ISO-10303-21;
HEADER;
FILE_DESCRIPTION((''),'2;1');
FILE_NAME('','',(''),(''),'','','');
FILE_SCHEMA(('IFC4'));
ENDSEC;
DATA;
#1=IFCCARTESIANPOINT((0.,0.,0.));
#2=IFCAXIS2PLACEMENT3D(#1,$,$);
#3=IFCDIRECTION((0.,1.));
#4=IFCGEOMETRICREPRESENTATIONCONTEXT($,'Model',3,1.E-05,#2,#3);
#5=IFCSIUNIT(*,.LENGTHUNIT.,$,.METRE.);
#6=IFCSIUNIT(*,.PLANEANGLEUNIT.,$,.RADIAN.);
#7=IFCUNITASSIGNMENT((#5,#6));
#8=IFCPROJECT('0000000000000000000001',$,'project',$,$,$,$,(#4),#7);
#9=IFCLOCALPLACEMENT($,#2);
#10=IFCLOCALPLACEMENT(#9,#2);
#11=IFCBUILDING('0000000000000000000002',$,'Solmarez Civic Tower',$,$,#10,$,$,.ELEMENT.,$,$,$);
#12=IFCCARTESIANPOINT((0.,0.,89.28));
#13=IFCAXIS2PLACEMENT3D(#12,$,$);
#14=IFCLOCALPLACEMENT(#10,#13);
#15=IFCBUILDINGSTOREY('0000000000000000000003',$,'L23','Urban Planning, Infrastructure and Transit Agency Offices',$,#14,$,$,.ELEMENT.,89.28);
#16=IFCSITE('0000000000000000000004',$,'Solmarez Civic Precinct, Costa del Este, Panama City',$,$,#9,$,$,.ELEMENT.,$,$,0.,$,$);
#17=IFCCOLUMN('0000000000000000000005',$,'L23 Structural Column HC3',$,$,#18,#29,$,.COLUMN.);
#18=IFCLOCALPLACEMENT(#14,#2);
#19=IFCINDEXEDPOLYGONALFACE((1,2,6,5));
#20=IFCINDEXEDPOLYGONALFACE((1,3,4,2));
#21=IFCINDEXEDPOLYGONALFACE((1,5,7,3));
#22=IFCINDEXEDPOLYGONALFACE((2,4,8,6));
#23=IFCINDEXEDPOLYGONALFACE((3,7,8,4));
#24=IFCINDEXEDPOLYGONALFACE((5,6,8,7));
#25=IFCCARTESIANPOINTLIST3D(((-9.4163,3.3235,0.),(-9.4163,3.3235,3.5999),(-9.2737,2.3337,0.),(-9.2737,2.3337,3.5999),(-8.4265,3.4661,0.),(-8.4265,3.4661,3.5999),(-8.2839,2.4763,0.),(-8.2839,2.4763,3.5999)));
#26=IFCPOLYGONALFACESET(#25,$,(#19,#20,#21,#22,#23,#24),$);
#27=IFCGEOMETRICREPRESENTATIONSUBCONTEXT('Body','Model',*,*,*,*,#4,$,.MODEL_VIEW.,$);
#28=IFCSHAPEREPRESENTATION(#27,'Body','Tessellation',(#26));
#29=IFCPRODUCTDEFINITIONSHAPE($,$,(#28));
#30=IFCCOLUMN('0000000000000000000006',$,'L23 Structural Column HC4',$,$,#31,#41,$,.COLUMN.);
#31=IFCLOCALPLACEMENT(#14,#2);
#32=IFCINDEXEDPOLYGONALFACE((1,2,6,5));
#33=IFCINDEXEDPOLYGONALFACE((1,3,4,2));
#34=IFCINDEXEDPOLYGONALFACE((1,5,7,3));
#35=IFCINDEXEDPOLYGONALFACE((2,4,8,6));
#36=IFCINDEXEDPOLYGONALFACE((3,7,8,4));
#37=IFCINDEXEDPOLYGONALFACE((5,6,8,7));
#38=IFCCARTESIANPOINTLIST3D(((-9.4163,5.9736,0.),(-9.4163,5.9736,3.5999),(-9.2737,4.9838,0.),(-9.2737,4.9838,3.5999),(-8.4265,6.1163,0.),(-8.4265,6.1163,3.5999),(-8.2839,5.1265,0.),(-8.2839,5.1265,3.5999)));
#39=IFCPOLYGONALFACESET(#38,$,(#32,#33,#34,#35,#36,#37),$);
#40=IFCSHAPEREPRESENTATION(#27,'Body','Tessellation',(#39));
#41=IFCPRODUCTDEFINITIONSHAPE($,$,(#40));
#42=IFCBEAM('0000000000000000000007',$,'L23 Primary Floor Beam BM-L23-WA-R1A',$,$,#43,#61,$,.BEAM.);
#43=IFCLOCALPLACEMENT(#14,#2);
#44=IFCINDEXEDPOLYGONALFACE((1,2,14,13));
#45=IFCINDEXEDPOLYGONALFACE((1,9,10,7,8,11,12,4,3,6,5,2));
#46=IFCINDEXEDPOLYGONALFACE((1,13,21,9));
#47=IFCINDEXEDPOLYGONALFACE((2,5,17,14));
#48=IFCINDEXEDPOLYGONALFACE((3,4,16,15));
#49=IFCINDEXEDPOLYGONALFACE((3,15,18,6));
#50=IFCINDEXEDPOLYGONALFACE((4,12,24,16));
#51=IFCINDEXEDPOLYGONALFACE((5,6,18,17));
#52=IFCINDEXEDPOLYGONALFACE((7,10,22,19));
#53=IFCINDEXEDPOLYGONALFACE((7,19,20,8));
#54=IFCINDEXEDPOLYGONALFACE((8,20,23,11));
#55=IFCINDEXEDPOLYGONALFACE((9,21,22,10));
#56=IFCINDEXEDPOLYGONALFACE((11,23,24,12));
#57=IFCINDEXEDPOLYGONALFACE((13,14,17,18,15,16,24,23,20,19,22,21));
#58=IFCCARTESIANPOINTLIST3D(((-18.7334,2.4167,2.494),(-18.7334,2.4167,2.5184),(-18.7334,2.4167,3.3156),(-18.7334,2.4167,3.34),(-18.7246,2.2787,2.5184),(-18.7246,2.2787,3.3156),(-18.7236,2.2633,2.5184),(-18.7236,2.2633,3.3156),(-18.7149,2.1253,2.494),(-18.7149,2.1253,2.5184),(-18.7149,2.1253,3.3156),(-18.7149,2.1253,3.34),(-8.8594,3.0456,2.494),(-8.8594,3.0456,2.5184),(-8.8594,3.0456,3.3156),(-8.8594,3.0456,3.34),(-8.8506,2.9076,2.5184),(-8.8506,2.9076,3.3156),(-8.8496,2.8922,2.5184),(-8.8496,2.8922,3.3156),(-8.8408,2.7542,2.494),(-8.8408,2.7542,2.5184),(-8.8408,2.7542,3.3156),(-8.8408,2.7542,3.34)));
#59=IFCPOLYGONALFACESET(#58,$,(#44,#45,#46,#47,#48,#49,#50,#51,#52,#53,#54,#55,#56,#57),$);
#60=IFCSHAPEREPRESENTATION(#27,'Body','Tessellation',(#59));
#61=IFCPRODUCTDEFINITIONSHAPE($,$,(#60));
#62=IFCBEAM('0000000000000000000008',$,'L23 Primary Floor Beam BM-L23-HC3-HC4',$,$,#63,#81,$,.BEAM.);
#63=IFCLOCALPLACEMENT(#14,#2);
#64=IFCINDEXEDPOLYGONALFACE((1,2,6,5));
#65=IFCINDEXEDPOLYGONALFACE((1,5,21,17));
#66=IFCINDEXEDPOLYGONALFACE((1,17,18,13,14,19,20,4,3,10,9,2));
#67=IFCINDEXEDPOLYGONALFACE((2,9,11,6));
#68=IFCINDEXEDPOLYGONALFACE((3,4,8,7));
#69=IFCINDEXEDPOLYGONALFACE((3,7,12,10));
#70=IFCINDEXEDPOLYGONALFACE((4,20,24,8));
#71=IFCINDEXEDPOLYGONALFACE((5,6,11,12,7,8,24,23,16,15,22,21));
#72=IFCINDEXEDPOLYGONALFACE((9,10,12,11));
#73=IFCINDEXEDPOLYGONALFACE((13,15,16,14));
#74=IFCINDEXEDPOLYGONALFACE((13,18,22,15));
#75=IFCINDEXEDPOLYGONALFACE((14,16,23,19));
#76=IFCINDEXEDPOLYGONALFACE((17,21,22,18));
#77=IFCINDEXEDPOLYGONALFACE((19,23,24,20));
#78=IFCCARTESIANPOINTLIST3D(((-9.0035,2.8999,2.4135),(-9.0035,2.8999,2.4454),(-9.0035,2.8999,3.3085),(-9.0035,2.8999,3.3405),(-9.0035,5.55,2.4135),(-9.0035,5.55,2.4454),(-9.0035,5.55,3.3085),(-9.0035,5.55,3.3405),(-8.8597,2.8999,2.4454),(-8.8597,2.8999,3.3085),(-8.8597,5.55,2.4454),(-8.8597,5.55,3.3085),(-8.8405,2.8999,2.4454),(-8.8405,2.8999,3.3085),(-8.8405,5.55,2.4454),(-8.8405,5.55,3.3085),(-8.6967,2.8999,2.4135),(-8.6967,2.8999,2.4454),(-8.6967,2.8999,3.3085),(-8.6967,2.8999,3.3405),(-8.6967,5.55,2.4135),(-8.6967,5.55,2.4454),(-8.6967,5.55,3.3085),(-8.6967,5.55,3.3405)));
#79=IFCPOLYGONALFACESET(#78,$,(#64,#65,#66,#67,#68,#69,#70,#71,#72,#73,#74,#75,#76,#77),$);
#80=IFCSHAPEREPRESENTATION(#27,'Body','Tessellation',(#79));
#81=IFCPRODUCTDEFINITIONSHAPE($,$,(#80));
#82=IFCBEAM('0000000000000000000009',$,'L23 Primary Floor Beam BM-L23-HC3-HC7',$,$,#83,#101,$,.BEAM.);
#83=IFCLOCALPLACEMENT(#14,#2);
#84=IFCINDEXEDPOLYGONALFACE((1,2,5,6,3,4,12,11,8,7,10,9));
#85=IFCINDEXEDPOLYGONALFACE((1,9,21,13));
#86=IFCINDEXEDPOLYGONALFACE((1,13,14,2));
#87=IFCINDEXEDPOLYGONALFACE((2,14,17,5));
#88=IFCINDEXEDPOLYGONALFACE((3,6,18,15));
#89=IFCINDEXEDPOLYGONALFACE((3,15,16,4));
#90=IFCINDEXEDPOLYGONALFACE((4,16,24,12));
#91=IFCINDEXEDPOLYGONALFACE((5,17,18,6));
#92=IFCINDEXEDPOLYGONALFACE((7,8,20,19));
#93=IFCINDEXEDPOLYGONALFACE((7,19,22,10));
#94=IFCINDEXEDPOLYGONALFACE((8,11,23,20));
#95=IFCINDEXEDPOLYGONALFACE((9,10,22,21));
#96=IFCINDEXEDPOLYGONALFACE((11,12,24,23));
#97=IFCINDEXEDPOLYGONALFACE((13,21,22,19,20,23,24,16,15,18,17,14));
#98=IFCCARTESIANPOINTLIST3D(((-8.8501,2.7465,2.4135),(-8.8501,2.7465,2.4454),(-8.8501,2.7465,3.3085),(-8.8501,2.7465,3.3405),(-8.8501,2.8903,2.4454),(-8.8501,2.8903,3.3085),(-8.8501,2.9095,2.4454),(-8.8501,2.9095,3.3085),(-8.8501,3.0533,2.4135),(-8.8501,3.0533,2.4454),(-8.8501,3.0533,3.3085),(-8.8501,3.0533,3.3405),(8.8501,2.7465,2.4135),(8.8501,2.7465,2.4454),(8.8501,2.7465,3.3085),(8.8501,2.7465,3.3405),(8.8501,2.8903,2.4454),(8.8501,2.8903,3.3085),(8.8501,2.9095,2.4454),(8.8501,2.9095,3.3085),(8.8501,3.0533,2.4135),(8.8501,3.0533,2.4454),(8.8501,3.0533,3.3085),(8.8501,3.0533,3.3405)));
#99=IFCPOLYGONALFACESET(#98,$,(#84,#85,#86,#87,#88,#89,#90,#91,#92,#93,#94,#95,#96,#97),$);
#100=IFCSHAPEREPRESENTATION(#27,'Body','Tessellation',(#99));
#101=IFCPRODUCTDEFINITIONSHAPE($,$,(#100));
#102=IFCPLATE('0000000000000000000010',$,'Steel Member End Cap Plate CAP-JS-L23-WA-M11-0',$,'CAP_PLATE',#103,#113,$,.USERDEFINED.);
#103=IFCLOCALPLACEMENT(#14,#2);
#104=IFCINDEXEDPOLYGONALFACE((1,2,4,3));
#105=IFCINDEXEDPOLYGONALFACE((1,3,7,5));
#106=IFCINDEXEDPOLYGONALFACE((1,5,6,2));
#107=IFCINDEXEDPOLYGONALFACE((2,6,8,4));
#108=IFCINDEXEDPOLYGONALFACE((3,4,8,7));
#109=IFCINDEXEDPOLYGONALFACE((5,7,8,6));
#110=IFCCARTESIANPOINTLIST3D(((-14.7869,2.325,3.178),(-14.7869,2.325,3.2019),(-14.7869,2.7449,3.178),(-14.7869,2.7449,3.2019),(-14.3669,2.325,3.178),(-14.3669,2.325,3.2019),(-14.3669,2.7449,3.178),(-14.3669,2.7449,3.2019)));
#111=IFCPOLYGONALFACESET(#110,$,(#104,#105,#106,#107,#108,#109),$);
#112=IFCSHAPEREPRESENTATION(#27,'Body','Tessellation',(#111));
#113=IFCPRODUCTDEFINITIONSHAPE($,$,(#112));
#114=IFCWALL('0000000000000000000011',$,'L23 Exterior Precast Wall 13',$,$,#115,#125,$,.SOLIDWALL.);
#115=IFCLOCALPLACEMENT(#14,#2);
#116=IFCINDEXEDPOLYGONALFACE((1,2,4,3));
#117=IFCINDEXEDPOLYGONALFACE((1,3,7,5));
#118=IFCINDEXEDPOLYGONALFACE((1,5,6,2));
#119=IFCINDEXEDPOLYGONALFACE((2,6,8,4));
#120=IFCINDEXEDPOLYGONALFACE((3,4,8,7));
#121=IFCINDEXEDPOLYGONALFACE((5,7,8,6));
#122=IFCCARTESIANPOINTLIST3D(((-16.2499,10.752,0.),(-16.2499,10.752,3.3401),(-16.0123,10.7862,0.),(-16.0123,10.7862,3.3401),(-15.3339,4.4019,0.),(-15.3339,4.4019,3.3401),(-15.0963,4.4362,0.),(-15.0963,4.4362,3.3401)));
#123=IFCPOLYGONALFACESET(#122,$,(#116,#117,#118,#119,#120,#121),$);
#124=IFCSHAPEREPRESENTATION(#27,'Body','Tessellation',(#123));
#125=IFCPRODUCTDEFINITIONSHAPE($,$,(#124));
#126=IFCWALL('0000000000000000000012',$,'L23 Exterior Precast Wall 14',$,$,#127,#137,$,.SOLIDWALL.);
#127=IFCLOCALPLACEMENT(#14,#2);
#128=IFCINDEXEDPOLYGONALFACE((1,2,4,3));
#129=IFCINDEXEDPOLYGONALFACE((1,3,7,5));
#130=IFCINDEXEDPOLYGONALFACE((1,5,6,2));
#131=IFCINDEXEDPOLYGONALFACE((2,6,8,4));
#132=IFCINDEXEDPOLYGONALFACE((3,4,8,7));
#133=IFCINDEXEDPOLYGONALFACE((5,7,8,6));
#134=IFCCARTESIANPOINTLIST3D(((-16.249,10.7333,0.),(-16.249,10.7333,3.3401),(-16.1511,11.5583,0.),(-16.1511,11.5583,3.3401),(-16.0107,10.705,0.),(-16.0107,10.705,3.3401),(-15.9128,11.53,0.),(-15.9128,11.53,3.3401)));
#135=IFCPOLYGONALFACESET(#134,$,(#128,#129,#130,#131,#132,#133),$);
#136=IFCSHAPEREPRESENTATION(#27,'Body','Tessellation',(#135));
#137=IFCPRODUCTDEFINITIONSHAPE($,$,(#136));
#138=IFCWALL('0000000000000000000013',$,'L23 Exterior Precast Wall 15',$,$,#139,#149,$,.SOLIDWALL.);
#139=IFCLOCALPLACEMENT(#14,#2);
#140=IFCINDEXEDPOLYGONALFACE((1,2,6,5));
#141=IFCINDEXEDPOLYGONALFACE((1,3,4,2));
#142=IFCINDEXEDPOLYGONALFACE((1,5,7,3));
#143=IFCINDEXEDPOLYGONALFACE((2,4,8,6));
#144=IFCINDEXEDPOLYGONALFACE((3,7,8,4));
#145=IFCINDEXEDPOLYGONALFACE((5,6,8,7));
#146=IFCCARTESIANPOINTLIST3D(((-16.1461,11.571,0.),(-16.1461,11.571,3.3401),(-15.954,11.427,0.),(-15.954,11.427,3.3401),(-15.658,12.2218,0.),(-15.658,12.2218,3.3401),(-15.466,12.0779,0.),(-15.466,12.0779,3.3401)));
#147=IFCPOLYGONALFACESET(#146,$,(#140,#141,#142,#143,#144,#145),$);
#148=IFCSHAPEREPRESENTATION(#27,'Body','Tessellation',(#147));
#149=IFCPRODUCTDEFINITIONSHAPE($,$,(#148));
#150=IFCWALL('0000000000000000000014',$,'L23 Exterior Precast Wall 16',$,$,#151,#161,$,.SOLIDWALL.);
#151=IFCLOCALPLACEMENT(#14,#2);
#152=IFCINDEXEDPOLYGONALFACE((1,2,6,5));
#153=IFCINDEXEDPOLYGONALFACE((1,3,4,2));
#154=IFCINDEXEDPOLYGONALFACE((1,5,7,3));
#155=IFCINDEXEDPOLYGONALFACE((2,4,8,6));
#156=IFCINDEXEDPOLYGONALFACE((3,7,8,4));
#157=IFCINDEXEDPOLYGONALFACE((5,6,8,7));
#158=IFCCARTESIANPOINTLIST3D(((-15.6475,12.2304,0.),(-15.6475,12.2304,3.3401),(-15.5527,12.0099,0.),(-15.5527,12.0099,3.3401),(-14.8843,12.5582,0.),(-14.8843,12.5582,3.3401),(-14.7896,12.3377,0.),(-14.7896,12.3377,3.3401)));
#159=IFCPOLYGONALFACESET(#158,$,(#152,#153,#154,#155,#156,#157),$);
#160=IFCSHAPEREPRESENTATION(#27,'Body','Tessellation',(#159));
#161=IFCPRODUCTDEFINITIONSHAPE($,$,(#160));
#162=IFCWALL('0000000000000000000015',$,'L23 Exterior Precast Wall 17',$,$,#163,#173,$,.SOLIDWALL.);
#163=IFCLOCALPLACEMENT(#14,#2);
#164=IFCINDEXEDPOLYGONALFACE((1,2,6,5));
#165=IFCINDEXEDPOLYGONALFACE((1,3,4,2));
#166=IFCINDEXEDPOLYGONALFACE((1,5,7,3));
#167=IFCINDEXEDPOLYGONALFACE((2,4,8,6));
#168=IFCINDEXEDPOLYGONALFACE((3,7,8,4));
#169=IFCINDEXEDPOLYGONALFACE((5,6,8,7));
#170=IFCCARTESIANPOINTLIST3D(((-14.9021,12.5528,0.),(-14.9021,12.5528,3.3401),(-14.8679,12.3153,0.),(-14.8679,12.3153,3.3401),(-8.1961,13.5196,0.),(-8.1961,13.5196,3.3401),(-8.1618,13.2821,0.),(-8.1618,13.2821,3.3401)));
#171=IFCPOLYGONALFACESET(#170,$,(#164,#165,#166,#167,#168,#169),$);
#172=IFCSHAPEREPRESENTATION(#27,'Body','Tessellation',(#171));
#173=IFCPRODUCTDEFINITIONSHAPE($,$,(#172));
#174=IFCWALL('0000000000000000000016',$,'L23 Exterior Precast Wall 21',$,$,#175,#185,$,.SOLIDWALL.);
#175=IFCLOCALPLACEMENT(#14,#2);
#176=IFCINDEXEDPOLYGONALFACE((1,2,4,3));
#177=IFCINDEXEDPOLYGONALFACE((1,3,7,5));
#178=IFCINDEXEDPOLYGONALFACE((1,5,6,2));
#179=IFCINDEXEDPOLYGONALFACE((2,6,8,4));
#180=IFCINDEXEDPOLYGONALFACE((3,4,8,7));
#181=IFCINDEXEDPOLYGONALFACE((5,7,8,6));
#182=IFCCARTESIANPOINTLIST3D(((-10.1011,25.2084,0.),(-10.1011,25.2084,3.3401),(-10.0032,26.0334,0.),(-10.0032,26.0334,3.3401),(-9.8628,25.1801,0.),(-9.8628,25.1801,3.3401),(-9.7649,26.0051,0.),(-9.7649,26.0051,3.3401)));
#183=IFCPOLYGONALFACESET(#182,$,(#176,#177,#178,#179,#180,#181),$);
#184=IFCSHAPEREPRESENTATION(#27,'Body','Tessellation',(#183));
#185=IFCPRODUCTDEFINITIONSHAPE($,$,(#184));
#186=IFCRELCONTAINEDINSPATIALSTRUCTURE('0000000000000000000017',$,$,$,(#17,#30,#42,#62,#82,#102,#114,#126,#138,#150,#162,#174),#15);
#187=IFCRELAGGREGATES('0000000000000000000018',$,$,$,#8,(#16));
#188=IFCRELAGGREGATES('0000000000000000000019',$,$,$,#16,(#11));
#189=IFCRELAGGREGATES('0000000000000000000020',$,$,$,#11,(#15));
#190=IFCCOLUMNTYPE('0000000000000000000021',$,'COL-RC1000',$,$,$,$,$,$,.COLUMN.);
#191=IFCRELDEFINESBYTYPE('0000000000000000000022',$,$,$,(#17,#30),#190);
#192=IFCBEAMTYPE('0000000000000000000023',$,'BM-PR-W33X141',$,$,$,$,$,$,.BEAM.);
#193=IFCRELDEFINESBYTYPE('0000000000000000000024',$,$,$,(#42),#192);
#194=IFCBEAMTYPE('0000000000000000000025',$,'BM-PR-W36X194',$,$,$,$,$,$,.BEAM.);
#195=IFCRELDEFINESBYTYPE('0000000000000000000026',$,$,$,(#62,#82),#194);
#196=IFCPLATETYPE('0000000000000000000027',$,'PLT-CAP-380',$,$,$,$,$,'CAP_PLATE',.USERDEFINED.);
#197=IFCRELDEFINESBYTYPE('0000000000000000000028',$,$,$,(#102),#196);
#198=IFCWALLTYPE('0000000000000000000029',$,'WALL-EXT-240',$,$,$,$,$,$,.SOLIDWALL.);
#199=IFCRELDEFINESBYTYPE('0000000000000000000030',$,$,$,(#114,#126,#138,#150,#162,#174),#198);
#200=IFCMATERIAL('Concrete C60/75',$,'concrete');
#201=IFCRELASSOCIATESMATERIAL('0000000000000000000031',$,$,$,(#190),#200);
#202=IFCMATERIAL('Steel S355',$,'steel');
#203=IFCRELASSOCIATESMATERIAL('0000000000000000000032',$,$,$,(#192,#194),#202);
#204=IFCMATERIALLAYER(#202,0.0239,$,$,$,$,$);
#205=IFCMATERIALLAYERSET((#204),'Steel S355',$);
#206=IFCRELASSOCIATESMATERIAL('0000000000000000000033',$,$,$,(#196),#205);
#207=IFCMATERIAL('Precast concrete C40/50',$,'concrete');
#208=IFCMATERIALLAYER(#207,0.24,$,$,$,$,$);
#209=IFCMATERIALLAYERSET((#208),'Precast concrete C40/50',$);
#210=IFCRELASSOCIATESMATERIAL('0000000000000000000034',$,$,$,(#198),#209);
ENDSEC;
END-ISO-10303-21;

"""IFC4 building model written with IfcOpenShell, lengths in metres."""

from ifc_helpers import new_model, si_unit, direction, frame, frame_2d, origin, origin_2d, place, context, subcontext, project, spatial, rectangle, i_section, extrude, material, layer, layer_set, material_profile, profile_set, type_object, element, save


model = new_model("IFC4")

# Units and contexts
model_context = context("Model", 3, precision=1e-05, world=origin(), true_north=direction((0.0, 1.0)))
body_context = subcontext(model_context, "Body", "Model", "MODEL_VIEW")
ifc_project = project(units=[si_unit("LENGTHUNIT", "METRE"), si_unit("PLANEANGLEUNIT", "RADIAN")], contexts=[model_context])

# Site, building, storey
site_placement = place(None, origin())
site = spatial("IfcSite", under=ifc_project, at=site_placement, Name="Solmarez Civic Precinct, Costa del Este, Panama City", CompositionType="ELEMENT", RefElevation=0.0)
building_placement = place(site_placement, origin())
building = spatial("IfcBuilding", under=site, at=building_placement, Name="Solmarez Civic Tower", CompositionType="ELEMENT")
storey_placement = place(building_placement, frame((0.0, 0.0, 89.28)))
storey = spatial("IfcBuildingStorey", under=building, at=storey_placement, Name="L23", Description="Urban Planning, Infrastructure and Transit Agency Offices", CompositionType="ELEMENT", Elevation=89.28)

# Columns
ifc_material_1 = material(Name="Concrete C60/75", Category="concrete")
ifc_material_profile_1 = material_profile(ifc_material_1, rectangle(XDim=1.0, YDim=1.0, at=origin_2d()), Name="RC1000X1000")
ifc_profile_set_1 = profile_set([ifc_material_profile_1], Name="Concrete C60/75")
column_type = type_object("IfcColumnType", Name="COL-RC1000", PredefinedType="COLUMN", material=ifc_profile_set_1)
for number, where, z_axis, x_axis, name in (
    (1, (-8.8501, 2.8999, 0.0), (0.0, 0.0, 1.0), (0.989776, 0.142629, 0.0), "L23 Structural Column HC3"),
    (2, (-8.8501, 5.55, 0.0), (0.0, 0.0, 1.0), (0.989776, 0.142629, 0.0), "L23 Structural Column HC4"),
):
    element("IfcColumn", number, at=place(storey_placement, frame(where, z_axis=z_axis, x_axis=x_axis)), inside=storey, type_object=column_type, Name=name, PredefinedType="COLUMN", context=body_context, shape_type="SweptSolid", body=[
        extrude(rectangle(XDim=1.0, YDim=1.0, at=origin_2d()), origin(), (0.0, 0.0, 1.0), 3.5999),
    ])

# Beams
ifc_material_2 = material(Name="Steel S355", Category="steel")
ifc_material_profile_2 = material_profile(ifc_material_2, i_section(OverallWidth=0.292, OverallDepth=0.8459, WebThickness=0.0154, FlangeThickness=0.0244, at=origin_2d()), Name="W33X141")
ifc_profile_set_2 = profile_set([ifc_material_profile_2], Name="Steel S355")
beam_type_1 = type_object("IfcBeamType", Name="BM-PR-W33X141", PredefinedType="BEAM", material=ifc_profile_set_2)
beam_1_placement = place(storey_placement, frame((-8.8501, 2.8999, 2.917), z_axis=(-0.997978, -0.063564, 0.0), x_axis=(0.063564, -0.997978, 0.0)))
element("IfcBeam", 3, at=beam_1_placement, inside=storey, type_object=beam_type_1, Name="L23 Primary Floor Beam BM-L23-WA-R1A", PredefinedType="BEAM", context=body_context, shape_type="SweptSolid", body=[
    extrude(i_section(OverallWidth=0.292, OverallDepth=0.8459, WebThickness=0.0154, FlangeThickness=0.0244, at=origin_2d()), origin(), (0.0, 0.0, 1.0), 9.894),
])
ifc_material_profile_3 = material_profile(ifc_material_2, i_section(OverallWidth=0.3069, OverallDepth=0.927, WebThickness=0.0193, FlangeThickness=0.032, at=origin_2d()), Name="W36X194")
ifc_profile_set_3 = profile_set([ifc_material_profile_3], Name="Steel S355")
beam_type_2 = type_object("IfcBeamType", Name="BM-PR-W36X194", PredefinedType="BEAM", material=ifc_profile_set_3)
beam_2_placement = place(storey_placement, frame((-8.8501, 2.8999, 2.877), z_axis=(0.0, 1.0, 0.0), x_axis=(-1.0, 0.0, 0.0)))
element("IfcBeam", 4, at=beam_2_placement, inside=storey, type_object=beam_type_2, Name="L23 Primary Floor Beam BM-L23-HC3-HC4", PredefinedType="BEAM", context=body_context, shape_type="SweptSolid", body=[
    extrude(i_section(OverallWidth=0.3069, OverallDepth=0.927, WebThickness=0.0193, FlangeThickness=0.032, at=origin_2d()), origin(), (0.0, 0.0, 1.0), 2.6501),
])
beam_3_placement = place(storey_placement, frame((-8.8501, 2.8999, 2.877), z_axis=(1.0, 0.0, 0.0), x_axis=(0.0, 1.0, 0.0)))
element("IfcBeam", 5, at=beam_3_placement, inside=storey, type_object=beam_type_2, Name="L23 Primary Floor Beam BM-L23-HC3-HC7", PredefinedType="BEAM", context=body_context, shape_type="SweptSolid", body=[
    extrude(i_section(OverallWidth=0.3069, OverallDepth=0.927, WebThickness=0.0193, FlangeThickness=0.032, at=origin_2d()), origin(), (0.0, 0.0, 1.0), 17.7002),
])

# Plate
ifc_layer_1 = layer(ifc_material_2, 0.0239)
ifc_layer_set_1 = layer_set([ifc_layer_1], Name="Steel S355")
plate_type = type_object("IfcPlateType", Name="PLT-CAP-380", ElementType="CAP_PLATE", PredefinedType="USERDEFINED", material=ifc_layer_set_1)
plate_placement = place(storey_placement, frame((-14.5769, 2.5349, 3.178), z_axis=(0.0, 0.0, 1.0), x_axis=(1.0, 0.0, 0.0)))
element("IfcPlate", 6, at=plate_placement, inside=storey, type_object=plate_type, Name="Steel Member End Cap Plate CAP-JS-L23-WA-M11-0", ObjectType="CAP_PLATE", PredefinedType="USERDEFINED", context=body_context, shape_type="SweptSolid", body=[
    extrude(rectangle(XDim=0.4199, YDim=0.4199, at=origin_2d()), origin(), (0.0, 0.0, 1.0), 0.0239),
])

# Walls
ifc_material_3 = material(Name="Precast concrete C40/50", Category="concrete")
ifc_layer_2 = layer(ifc_material_3, 0.24)
ifc_layer_set_2 = layer_set([ifc_layer_2], Name="Precast concrete C40/50")
wall_type_1 = type_object("IfcWallType", Name="WALL-EXT-240", PredefinedType="SOLIDWALL", material=ifc_layer_set_2)
wall_1_placement = place(storey_placement, frame((-15.2151, 4.4189, 0.0), z_axis=(0.0, 0.0, 1.0), x_axis=(-0.142774, 0.989755, 0.0)))
element("IfcWall", 7, at=wall_1_placement, inside=storey, type_object=wall_type_1, Name="L23 Exterior Precast Wall 13", PredefinedType="SOLIDWALL", context=body_context, shape_type="SweptSolid", body=[
    extrude(rectangle(XDim=6.4158, YDim=0.24, at=frame_2d((3.208, 0.0))), origin(), (0.0, 0.0, 1.0), 3.3401),
])
wall_2_placement = place(storey_placement, frame((-16.1299, 10.719, 0.0), z_axis=(0.0, 0.0, 1.0), x_axis=(0.117847, 0.993032, 0.0)))
element("IfcWall", 8, at=wall_2_placement, inside=storey, type_object=wall_type_1, Name="L23 Exterior Precast Wall 14", PredefinedType="SOLIDWALL", context=body_context, shape_type="SweptSolid", body=[
    extrude(rectangle(XDim=0.8308, YDim=0.24, at=frame_2d((0.4155, 0.0))), origin(), (0.0, 0.0, 1.0), 3.3401),
])
wall_3_placement = place(storey_placement, frame((-16.05, 11.499, 0.0), z_axis=(0.0, 0.0, 1.0), x_axis=(0.599904, 0.800072, 0.0)))
element("IfcWall", 9, at=wall_3_placement, inside=storey, type_object=wall_type_1, Name="L23 Exterior Precast Wall 15", PredefinedType="SOLIDWALL", context=body_context, shape_type="SweptSolid", body=[
    extrude(rectangle(XDim=0.8135, YDim=0.24, at=frame_2d((0.4067, 0.0))), origin(), (0.0, 0.0, 1.0), 3.3401),
])
wall_4_placement = place(storey_placement, frame((-15.6001, 12.1201, 0.0), z_axis=(0.0, 0.0, 1.0), x_axis=(0.918795, 0.394735, 0.0)))
element("IfcWall", 10, at=wall_4_placement, inside=storey, type_object=wall_type_1, Name="L23 Exterior Precast Wall 16", PredefinedType="SOLIDWALL", context=body_context, shape_type="SweptSolid", body=[
    extrude(rectangle(XDim=0.8306, YDim=0.24, at=frame_2d((0.4153, 0.0))), origin(), (0.0, 0.0, 1.0), 3.3401),
])
wall_5_placement = place(storey_placement, frame((-14.885, 12.4341, 0.0), z_axis=(0.0, 0.0, 1.0), x_axis=(0.989767, 0.142693, 0.0)))
element("IfcWall", 11, at=wall_5_placement, inside=storey, type_object=wall_type_1, Name="L23 Exterior Precast Wall 17", PredefinedType="SOLIDWALL", context=body_context, shape_type="SweptSolid", body=[
    extrude(rectangle(XDim=6.7754, YDim=0.24, at=frame_2d((3.3877, 0.0))), origin(), (0.0, 0.0, 1.0), 3.3401),
])
wall_6_placement = place(storey_placement, frame((-9.9819, 25.1941, 0.0), z_axis=(0.0, 0.0, 1.0), x_axis=(0.117847, 0.993032, 0.0)))
element("IfcWall", 12, at=wall_6_placement, inside=storey, type_object=wall_type_1, Name="L23 Exterior Precast Wall 21", PredefinedType="SOLIDWALL", context=body_context, shape_type="SweptSolid", body=[
    extrude(rectangle(XDim=0.8308, YDim=0.24, at=frame_2d((0.4155, 0.0))), origin(), (0.0, 0.0, 1.0), 3.3401),
])

save(model, "model.ifc")
